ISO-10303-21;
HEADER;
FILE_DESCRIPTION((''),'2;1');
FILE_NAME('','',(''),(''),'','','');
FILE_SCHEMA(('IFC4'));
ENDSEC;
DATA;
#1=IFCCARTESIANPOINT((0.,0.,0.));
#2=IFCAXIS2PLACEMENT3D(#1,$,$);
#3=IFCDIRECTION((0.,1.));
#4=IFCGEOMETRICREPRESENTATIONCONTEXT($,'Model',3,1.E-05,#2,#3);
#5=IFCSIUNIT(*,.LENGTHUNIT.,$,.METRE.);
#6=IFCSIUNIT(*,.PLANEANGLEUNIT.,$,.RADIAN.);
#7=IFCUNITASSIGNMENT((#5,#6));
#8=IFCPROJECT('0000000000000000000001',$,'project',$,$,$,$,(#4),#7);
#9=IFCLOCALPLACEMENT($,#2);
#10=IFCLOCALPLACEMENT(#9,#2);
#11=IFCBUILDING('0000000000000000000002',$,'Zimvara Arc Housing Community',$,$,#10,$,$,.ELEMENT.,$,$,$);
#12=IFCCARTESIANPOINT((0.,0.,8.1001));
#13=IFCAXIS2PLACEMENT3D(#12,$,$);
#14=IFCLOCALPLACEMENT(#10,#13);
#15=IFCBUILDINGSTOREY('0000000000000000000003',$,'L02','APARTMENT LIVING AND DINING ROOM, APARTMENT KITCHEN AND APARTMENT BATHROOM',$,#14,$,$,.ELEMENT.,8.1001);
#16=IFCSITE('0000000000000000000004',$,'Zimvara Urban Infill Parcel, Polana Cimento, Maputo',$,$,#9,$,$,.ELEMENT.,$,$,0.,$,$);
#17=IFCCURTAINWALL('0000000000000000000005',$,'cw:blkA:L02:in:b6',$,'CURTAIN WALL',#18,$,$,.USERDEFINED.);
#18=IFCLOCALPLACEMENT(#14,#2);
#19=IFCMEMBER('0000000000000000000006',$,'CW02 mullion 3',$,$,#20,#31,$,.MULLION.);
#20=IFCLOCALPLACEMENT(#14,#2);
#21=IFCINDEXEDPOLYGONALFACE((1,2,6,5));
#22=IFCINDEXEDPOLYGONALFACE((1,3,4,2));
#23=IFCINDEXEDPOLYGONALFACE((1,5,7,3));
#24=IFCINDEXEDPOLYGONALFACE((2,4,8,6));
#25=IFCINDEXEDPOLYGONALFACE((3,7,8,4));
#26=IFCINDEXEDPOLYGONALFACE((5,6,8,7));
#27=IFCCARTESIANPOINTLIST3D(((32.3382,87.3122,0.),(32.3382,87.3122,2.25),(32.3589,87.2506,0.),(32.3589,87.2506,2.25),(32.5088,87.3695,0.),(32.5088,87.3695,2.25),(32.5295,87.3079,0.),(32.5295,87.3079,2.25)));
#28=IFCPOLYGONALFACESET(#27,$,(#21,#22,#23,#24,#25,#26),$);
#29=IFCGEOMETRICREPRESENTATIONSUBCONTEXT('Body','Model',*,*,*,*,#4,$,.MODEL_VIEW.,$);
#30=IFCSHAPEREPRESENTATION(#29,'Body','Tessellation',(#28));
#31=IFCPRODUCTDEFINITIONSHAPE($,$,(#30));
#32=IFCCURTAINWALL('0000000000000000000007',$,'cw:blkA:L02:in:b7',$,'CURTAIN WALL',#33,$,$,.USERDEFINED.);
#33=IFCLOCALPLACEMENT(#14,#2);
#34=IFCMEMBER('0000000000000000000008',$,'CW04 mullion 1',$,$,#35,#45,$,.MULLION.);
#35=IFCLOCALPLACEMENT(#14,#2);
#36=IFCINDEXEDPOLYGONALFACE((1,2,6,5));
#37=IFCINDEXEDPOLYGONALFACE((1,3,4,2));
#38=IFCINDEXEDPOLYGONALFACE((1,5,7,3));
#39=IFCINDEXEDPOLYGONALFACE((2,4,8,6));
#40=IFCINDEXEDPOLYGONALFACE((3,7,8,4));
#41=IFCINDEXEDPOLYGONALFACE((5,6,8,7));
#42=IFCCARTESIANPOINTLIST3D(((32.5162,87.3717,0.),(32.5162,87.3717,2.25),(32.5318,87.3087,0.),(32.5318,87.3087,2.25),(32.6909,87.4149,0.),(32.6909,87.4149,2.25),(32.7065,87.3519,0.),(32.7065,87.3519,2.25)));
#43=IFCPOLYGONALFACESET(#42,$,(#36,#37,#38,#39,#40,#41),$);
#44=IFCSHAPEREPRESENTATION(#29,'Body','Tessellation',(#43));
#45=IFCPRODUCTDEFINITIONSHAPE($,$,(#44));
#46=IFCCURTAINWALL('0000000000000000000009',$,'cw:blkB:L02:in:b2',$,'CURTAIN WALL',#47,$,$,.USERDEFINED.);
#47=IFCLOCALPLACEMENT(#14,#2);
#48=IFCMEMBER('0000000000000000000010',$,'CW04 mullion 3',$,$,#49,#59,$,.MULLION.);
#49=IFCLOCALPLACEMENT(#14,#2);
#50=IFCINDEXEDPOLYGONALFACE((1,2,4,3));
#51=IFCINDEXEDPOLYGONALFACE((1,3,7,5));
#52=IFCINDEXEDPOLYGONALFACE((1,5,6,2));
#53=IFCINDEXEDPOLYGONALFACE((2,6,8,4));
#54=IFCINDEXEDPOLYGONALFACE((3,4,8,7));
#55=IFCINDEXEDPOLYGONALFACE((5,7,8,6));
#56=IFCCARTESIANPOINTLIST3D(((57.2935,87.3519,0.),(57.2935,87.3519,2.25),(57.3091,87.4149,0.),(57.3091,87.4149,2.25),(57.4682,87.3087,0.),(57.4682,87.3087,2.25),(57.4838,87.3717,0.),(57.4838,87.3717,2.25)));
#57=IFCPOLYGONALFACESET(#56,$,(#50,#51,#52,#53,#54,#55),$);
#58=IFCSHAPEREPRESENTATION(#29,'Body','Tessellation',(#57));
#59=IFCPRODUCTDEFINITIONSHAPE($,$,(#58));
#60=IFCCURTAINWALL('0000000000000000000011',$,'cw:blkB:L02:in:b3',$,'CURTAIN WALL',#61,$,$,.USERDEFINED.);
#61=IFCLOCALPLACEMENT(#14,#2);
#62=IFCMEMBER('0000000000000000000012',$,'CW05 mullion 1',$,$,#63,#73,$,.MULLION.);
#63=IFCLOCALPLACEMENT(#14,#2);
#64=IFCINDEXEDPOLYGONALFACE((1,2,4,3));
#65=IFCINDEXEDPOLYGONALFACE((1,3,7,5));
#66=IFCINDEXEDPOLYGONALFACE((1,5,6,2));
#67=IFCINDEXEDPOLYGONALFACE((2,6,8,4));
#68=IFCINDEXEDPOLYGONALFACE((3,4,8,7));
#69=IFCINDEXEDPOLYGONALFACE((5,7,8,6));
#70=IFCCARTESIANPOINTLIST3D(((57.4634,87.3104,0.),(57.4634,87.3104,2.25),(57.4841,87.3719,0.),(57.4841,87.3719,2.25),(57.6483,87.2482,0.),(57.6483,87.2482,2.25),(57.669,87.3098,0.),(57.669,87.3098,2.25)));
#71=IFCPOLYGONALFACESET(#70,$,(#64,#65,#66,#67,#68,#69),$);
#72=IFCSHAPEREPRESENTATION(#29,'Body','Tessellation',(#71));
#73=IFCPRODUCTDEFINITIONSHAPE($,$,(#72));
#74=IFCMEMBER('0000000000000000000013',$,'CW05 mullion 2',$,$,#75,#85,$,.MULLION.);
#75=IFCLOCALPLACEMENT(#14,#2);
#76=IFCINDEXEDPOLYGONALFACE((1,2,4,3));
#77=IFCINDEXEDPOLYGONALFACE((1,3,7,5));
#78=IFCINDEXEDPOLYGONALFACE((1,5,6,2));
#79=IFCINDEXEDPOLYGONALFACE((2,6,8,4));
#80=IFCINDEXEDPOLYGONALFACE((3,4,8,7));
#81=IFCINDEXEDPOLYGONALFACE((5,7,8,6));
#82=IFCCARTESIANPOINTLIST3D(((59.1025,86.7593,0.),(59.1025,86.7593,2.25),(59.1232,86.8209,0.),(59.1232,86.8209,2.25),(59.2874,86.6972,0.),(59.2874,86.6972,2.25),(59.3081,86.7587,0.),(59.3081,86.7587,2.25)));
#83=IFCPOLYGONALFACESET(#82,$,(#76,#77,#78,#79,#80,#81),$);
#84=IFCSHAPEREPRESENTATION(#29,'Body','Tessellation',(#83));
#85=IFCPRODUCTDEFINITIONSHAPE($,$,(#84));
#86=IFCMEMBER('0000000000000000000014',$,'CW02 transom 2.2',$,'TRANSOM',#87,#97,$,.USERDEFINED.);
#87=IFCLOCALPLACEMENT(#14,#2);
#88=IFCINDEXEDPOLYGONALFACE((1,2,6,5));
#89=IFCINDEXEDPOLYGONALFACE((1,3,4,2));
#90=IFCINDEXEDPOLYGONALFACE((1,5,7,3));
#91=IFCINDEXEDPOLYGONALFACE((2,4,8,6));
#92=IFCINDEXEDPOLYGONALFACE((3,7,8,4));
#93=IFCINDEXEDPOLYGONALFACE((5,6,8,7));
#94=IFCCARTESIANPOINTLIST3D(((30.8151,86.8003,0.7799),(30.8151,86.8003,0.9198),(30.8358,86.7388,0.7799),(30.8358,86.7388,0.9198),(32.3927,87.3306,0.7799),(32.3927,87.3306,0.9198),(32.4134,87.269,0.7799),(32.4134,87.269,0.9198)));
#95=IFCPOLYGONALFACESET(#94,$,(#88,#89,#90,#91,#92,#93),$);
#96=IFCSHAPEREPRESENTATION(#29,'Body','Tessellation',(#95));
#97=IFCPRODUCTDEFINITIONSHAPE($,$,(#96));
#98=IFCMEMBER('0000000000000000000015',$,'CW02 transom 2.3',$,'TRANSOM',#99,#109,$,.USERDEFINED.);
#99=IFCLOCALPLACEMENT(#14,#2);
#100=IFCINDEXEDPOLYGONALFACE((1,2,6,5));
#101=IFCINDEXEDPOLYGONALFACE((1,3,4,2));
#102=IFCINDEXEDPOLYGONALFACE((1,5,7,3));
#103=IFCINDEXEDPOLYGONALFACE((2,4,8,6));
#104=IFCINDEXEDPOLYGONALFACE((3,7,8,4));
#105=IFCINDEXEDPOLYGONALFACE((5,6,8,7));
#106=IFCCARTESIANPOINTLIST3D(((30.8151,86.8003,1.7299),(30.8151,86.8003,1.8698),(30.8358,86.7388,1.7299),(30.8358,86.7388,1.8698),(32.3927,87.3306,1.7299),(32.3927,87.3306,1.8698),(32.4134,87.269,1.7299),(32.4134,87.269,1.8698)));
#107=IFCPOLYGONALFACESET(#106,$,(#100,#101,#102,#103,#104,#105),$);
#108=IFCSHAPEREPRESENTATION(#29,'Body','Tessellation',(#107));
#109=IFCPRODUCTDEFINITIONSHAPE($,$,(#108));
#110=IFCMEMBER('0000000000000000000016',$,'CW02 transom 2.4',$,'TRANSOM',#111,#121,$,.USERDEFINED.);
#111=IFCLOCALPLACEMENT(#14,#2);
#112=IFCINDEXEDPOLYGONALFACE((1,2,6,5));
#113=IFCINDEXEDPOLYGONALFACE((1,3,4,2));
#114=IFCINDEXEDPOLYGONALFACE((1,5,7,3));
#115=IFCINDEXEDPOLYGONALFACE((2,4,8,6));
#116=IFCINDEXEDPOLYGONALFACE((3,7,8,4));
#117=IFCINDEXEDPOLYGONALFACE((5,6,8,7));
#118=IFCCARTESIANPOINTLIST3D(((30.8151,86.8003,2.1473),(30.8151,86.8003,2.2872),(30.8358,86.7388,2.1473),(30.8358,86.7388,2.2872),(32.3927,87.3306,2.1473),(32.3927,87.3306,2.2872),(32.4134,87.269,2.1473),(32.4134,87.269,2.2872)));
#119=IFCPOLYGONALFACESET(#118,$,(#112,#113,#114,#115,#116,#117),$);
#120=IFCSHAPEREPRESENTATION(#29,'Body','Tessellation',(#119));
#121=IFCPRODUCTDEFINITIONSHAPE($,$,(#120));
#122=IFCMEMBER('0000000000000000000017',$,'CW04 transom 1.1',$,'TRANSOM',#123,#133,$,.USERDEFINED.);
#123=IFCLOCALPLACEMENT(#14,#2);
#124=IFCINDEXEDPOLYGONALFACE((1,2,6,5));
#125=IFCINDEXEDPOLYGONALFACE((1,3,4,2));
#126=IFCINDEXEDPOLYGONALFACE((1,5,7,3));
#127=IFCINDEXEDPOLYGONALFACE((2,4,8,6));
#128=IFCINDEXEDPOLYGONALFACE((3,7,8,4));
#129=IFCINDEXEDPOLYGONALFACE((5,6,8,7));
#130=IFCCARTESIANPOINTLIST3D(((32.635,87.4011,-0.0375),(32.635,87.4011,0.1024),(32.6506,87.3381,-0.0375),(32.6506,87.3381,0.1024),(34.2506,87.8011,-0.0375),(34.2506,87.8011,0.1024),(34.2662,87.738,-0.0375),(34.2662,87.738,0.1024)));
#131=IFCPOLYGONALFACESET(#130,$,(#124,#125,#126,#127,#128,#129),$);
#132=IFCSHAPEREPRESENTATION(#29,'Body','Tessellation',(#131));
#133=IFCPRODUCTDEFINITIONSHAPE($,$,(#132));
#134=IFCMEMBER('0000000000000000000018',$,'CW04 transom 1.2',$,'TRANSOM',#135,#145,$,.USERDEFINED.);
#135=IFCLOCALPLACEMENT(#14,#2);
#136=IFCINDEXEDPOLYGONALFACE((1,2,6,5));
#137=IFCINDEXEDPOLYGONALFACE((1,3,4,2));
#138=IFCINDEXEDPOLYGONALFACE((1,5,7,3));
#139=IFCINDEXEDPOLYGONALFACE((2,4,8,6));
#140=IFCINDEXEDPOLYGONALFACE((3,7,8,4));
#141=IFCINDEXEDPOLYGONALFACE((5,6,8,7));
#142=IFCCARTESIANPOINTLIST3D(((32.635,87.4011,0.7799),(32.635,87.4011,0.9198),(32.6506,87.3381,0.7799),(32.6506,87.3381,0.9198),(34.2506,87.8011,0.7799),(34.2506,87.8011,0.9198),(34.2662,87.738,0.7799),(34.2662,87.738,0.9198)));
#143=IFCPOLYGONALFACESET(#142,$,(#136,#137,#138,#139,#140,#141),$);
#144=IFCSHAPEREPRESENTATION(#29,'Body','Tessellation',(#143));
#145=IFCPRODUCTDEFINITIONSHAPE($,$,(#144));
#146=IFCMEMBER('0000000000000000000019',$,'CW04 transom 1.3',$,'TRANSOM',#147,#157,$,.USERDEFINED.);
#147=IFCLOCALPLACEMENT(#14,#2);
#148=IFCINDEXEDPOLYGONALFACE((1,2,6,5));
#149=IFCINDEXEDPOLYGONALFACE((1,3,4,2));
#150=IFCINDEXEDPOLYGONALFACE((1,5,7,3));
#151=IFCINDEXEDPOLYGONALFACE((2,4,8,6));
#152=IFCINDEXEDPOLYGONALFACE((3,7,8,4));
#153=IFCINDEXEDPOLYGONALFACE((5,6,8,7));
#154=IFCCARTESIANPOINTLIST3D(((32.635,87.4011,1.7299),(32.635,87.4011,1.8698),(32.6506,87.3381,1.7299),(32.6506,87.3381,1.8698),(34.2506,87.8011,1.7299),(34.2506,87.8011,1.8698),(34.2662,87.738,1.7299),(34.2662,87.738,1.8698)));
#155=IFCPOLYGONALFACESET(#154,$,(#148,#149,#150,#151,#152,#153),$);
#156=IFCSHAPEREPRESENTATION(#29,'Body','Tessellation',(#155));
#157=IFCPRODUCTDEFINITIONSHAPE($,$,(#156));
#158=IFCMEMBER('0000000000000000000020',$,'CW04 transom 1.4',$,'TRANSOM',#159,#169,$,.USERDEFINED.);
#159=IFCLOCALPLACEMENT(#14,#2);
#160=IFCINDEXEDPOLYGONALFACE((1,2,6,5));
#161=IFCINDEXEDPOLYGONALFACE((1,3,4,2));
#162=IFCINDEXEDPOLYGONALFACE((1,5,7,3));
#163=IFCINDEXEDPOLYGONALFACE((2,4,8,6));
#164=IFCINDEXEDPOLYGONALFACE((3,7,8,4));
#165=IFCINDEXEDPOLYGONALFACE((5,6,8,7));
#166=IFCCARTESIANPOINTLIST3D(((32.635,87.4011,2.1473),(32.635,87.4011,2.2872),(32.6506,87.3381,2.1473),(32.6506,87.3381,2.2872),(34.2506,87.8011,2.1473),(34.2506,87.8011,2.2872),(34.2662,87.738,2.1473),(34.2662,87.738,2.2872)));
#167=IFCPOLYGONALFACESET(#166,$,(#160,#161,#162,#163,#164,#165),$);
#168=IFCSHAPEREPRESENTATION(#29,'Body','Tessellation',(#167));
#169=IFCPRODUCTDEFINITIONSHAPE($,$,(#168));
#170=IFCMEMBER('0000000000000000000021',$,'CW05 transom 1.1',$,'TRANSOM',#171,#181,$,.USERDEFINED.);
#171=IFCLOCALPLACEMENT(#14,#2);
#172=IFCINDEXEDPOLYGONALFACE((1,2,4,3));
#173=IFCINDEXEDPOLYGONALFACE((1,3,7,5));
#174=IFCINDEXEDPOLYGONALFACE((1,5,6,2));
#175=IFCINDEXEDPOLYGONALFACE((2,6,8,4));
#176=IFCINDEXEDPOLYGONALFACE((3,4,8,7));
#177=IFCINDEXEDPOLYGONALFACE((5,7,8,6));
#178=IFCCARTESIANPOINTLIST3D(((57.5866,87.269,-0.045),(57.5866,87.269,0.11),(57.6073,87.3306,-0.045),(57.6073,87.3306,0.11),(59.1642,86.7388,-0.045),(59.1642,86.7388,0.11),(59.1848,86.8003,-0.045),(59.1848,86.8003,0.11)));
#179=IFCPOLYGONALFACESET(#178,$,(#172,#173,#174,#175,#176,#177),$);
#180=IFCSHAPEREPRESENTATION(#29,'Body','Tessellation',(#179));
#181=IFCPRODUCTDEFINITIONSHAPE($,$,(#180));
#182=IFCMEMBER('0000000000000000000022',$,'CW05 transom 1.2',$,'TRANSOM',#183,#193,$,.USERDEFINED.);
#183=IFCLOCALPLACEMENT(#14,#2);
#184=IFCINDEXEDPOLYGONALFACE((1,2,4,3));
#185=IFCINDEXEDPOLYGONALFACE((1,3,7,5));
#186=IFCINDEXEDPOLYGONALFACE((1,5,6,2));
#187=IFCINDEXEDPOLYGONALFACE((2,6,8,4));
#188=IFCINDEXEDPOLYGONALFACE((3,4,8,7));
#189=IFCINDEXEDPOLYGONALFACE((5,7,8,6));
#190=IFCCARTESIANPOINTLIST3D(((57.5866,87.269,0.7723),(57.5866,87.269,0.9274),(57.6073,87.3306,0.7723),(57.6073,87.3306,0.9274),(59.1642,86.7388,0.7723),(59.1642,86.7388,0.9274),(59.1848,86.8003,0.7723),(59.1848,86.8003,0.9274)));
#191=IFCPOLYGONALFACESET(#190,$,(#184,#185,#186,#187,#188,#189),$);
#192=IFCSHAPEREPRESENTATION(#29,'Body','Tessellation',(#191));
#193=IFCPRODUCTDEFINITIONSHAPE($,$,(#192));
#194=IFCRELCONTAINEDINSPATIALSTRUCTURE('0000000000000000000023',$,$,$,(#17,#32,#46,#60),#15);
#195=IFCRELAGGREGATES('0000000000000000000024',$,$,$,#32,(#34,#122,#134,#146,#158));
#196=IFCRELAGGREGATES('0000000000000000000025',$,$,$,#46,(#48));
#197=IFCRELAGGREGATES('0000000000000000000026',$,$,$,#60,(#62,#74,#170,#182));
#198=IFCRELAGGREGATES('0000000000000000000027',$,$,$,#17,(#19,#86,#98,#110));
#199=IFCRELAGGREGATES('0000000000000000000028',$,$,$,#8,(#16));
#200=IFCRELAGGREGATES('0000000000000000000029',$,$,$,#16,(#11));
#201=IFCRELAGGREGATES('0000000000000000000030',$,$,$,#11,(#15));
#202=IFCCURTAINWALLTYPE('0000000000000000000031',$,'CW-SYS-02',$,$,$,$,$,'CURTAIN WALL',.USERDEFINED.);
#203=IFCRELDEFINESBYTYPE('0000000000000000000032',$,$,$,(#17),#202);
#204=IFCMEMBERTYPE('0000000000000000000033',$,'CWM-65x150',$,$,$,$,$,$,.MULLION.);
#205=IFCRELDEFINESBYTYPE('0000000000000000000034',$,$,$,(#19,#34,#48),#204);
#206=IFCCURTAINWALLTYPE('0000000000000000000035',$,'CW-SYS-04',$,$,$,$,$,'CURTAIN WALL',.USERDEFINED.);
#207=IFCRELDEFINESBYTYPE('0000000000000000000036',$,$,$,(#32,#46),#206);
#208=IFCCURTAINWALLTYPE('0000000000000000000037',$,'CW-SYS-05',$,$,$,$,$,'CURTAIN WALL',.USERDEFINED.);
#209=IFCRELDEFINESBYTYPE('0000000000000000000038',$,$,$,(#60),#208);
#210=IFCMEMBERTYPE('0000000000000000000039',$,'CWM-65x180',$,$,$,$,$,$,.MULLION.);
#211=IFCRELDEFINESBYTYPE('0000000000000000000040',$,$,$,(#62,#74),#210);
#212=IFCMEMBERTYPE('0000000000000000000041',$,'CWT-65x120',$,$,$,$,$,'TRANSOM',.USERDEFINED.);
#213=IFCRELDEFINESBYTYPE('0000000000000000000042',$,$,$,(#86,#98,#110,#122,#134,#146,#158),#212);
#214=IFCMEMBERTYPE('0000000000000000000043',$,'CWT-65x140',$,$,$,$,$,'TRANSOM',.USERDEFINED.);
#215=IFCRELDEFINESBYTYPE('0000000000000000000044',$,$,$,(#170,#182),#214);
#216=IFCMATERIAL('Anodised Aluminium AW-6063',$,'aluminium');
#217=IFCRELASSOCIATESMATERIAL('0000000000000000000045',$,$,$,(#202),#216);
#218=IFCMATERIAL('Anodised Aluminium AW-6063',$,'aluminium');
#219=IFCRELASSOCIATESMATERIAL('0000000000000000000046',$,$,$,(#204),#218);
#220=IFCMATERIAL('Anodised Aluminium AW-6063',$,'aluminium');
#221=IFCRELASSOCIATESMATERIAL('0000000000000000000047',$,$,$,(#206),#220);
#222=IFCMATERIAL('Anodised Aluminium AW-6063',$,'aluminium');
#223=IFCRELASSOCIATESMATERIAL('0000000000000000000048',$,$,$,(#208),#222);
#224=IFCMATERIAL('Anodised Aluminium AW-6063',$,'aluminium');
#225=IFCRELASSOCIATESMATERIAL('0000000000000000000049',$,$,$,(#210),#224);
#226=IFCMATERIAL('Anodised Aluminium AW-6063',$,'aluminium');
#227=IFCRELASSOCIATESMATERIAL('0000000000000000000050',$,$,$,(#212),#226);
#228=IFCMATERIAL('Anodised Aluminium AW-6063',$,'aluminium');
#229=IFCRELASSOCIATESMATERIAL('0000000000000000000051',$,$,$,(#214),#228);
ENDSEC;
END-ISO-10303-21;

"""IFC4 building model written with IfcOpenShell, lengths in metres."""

from ifc_helpers import new_model, si_unit, direction, frame, origin, origin_2d, place, context, subcontext, project, spatial, rectangle, extrude, material, material_profile, profile_set, type_object, element, aggregate, save


model = new_model("IFC4")

# Units and contexts
model_context = context("Model", 3, precision=1e-05, world=origin(), true_north=direction((0.0, 1.0)))
body_context = subcontext(model_context, "Body", "Model", "MODEL_VIEW")
ifc_project = project(units=[si_unit("LENGTHUNIT", "METRE"), si_unit("PLANEANGLEUNIT", "RADIAN")], contexts=[model_context])

# Site, building, storey
site_placement = place(None, origin())
site = spatial("IfcSite", under=ifc_project, at=site_placement, Name="Zimvara Urban Infill Parcel, Polana Cimento, Maputo", CompositionType="ELEMENT", RefElevation=0.0)
building_placement = place(site_placement, origin())
building = spatial("IfcBuilding", under=site, at=building_placement, Name="Zimvara Arc Housing Community", CompositionType="ELEMENT")
storey_placement = place(building_placement, frame((0.0, 0.0, 8.1001)))
storey = spatial("IfcBuildingStorey", under=building, at=storey_placement, Name="L02", Description="APARTMENT LIVING AND DINING ROOM, APARTMENT KITCHEN AND APARTMENT BATHROOM", CompositionType="ELEMENT", Elevation=8.1001)

# Curtain walls, members
ifc_material_1 = material(Name="Anodised Aluminium AW-6063", Category="aluminium")
curtain_wall_type_1 = type_object("IfcCurtainWallType", Name="CW-SYS-02", ElementType="CURTAIN WALL", PredefinedType="USERDEFINED", material=ifc_material_1)
curtain_wall_1_placement = place(storey_placement, origin())
curtain_wall_1 = element("IfcCurtainWall", 1, at=curtain_wall_1_placement, inside=storey, type_object=curtain_wall_type_1, Name="cw:blkA:L02:in:b6", ObjectType="CURTAIN WALL", PredefinedType="USERDEFINED")
ifc_material_2 = material(Name="Anodised Aluminium AW-6063", Category="aluminium")
ifc_material_profile_1 = material_profile(ifc_material_2, rectangle(XDim=0.0649, YDim=0.1799, at=origin_2d()), Name="ALU 65x180")
ifc_profile_set_1 = profile_set([ifc_material_profile_1], Name="Anodised Aluminium AW-6063")
member_type_1 = type_object("IfcMemberType", Name="CWM-65x150", PredefinedType="MULLION", material=ifc_profile_set_1)
member_1_placement = place(storey_placement, frame((32.4338, 87.3101, 0.0), z_axis=(0.0, 0.0, 1.0), x_axis=(-0.31863, 0.947879, 0.0)))
member_1 = element("IfcMember", 2, at=member_1_placement, type_object=member_type_1, Name="CW02 mullion 3", PredefinedType="MULLION", context=body_context, shape_type="SweptSolid", body=[
    extrude(rectangle(XDim=0.0649, YDim=0.1799, at=origin_2d()), origin(), (0.0, 0.0, 1.0), 2.25),
])
ifc_material_3 = material(Name="Anodised Aluminium AW-6063", Category="aluminium")
curtain_wall_type_2 = type_object("IfcCurtainWallType", Name="CW-SYS-04", ElementType="CURTAIN WALL", PredefinedType="USERDEFINED", material=ifc_material_3)
curtain_wall_2_placement = place(storey_placement, origin())
curtain_wall_2 = element("IfcCurtainWall", 3, at=curtain_wall_2_placement, inside=storey, type_object=curtain_wall_type_2, Name="cw:blkA:L02:in:b7", ObjectType="CURTAIN WALL", PredefinedType="USERDEFINED")
member_2_placement = place(storey_placement, frame((32.6113, 87.3618, 0.0), z_axis=(0.0, 0.0, 1.0), x_axis=(-0.240228, 0.970717, 0.0)))
member_2 = element("IfcMember", 4, at=member_2_placement, type_object=member_type_1, Name="CW04 mullion 1", PredefinedType="MULLION", context=body_context, shape_type="SweptSolid", body=[
    extrude(rectangle(XDim=0.0649, YDim=0.1799, at=origin_2d()), origin(), (0.0, 0.0, 1.0), 2.25),
])
curtain_wall_3_placement = place(storey_placement, origin())
curtain_wall_3 = element("IfcCurtainWall", 5, at=curtain_wall_3_placement, inside=storey, type_object=curtain_wall_type_2, Name="cw:blkB:L02:in:b2", ObjectType="CURTAIN WALL", PredefinedType="USERDEFINED")
member_3_placement = place(storey_placement, frame((57.3887, 87.3618, 0.0), z_axis=(0.0, 0.0, 1.0), x_axis=(0.240228, 0.970717, 0.0)))
member_3 = element("IfcMember", 6, at=member_3_placement, type_object=member_type_1, Name="CW04 mullion 3", PredefinedType="MULLION", context=body_context, shape_type="SweptSolid", body=[
    extrude(rectangle(XDim=0.0649, YDim=0.1799, at=origin_2d()), origin(), (0.0, 0.0, 1.0), 2.25),
])

# Curtain wall, members
ifc_material_4 = material(Name="Anodised Aluminium AW-6063", Category="aluminium")
curtain_wall_type_3 = type_object("IfcCurtainWallType", Name="CW-SYS-05", ElementType="CURTAIN WALL", PredefinedType="USERDEFINED", material=ifc_material_4)
curtain_wall_4_placement = place(storey_placement, origin())
curtain_wall_4 = element("IfcCurtainWall", 7, at=curtain_wall_4_placement, inside=storey, type_object=curtain_wall_type_3, Name="cw:blkB:L02:in:b3", ObjectType="CURTAIN WALL", PredefinedType="USERDEFINED")
ifc_material_5 = material(Name="Anodised Aluminium AW-6063", Category="aluminium")
ifc_material_profile_2 = material_profile(ifc_material_5, rectangle(XDim=0.0649, YDim=0.1951, at=origin_2d()), Name="ALU 65x195")
ifc_profile_set_2 = profile_set([ifc_material_profile_2], Name="Anodised Aluminium AW-6063")
member_type_2 = type_object("IfcMemberType", Name="CWM-65x180", PredefinedType="MULLION", material=ifc_profile_set_2)
member_4_placement = place(storey_placement, frame((57.5662, 87.3101, 0.0), z_axis=(0.0, 0.0, 1.0), x_axis=(0.31863, 0.947879, 0.0)))
member_4 = element("IfcMember", 8, at=member_4_placement, type_object=member_type_2, Name="CW05 mullion 1", PredefinedType="MULLION", context=body_context, shape_type="SweptSolid", body=[
    extrude(rectangle(XDim=0.0649, YDim=0.1951, at=origin_2d()), origin(), (0.0, 0.0, 1.0), 2.25),
])
member_5_placement = place(storey_placement, frame((59.2053, 86.759, 0.0), z_axis=(0.0, 0.0, 1.0), x_axis=(0.31863, 0.947879, 0.0)))
member_5 = element("IfcMember", 9, at=member_5_placement, type_object=member_type_2, Name="CW05 mullion 2", PredefinedType="MULLION", context=body_context, shape_type="SweptSolid", body=[
    extrude(rectangle(XDim=0.0649, YDim=0.1951, at=origin_2d()), origin(), (0.0, 0.0, 1.0), 2.25),
])

# Members
ifc_material_6 = material(Name="Anodised Aluminium AW-6063", Category="aluminium")
ifc_material_profile_3 = material_profile(ifc_material_6, rectangle(XDim=0.0649, YDim=0.1399, at=origin_2d()), Name="ALU 65x140")
ifc_profile_set_3 = profile_set([ifc_material_profile_3], Name="Anodised Aluminium AW-6063")
member_type_3 = type_object("IfcMemberType", Name="CWT-65x120", ElementType="TRANSOM", PredefinedType="USERDEFINED", material=ifc_profile_set_3)
member_6_placement = place(storey_placement, frame((30.8254, 86.7695, 0.8499), z_axis=(0.947888, 0.318603, 0.0), x_axis=(-0.318603, 0.947888, 0.0)))
member_6 = element("IfcMember", 10, at=member_6_placement, type_object=member_type_3, Name="CW02 transom 2.2", ObjectType="TRANSOM", PredefinedType="USERDEFINED", context=body_context, shape_type="SweptSolid", body=[
    extrude(rectangle(XDim=0.0649, YDim=0.1399, at=origin_2d()), origin(), (0.0, 0.0, 1.0), 1.6643),
])
member_7_placement = place(storey_placement, frame((30.8254, 86.7695, 1.7998), z_axis=(0.947888, 0.318603, 0.0), x_axis=(-0.318603, 0.947888, 0.0)))
member_7 = element("IfcMember", 11, at=member_7_placement, type_object=member_type_3, Name="CW02 transom 2.3", ObjectType="TRANSOM", PredefinedType="USERDEFINED", context=body_context, shape_type="SweptSolid", body=[
    extrude(rectangle(XDim=0.0649, YDim=0.1399, at=origin_2d()), origin(), (0.0, 0.0, 1.0), 1.6643),
])
member_8_placement = place(storey_placement, frame((30.8254, 86.7695, 2.2173), z_axis=(0.947888, 0.318603, 0.0), x_axis=(-0.318603, 0.947888, 0.0)))
member_8 = element("IfcMember", 12, at=member_8_placement, type_object=member_type_3, Name="CW02 transom 2.4", ObjectType="TRANSOM", PredefinedType="USERDEFINED", context=body_context, shape_type="SweptSolid", body=[
    extrude(rectangle(XDim=0.0649, YDim=0.1399, at=origin_2d()), origin(), (0.0, 0.0, 1.0), 1.6643),
])
member_9_placement = place(storey_placement, frame((32.6428, 87.3696, 0.0325), z_axis=(0.970701, 0.240291, 0.0), x_axis=(-0.240291, 0.970701, 0.0)))
member_9 = element("IfcMember", 13, at=member_9_placement, type_object=member_type_3, Name="CW04 transom 1.1", ObjectType="TRANSOM", PredefinedType="USERDEFINED", context=body_context, shape_type="SweptSolid", body=[
    extrude(rectangle(XDim=0.0649, YDim=0.1399, at=origin_2d()), origin(), (0.0, 0.0, 1.0), 1.6643),
])
member_10_placement = place(storey_placement, frame((32.6428, 87.3696, 0.8499), z_axis=(0.970701, 0.240291, 0.0), x_axis=(-0.240291, 0.970701, 0.0)))
member_10 = element("IfcMember", 14, at=member_10_placement, type_object=member_type_3, Name="CW04 transom 1.2", ObjectType="TRANSOM", PredefinedType="USERDEFINED", context=body_context, shape_type="SweptSolid", body=[
    extrude(rectangle(XDim=0.0649, YDim=0.1399, at=origin_2d()), origin(), (0.0, 0.0, 1.0), 1.6643),
])
member_11_placement = place(storey_placement, frame((32.6428, 87.3696, 1.7998), z_axis=(0.970701, 0.240291, 0.0), x_axis=(-0.240291, 0.970701, 0.0)))
member_11 = element("IfcMember", 15, at=member_11_placement, type_object=member_type_3, Name="CW04 transom 1.3", ObjectType="TRANSOM", PredefinedType="USERDEFINED", context=body_context, shape_type="SweptSolid", body=[
    extrude(rectangle(XDim=0.0649, YDim=0.1399, at=origin_2d()), origin(), (0.0, 0.0, 1.0), 1.6643),
])
member_12_placement = place(storey_placement, frame((32.6428, 87.3696, 2.2173), z_axis=(0.970701, 0.240291, 0.0), x_axis=(-0.240291, 0.970701, 0.0)))
member_12 = element("IfcMember", 16, at=member_12_placement, type_object=member_type_3, Name="CW04 transom 1.4", ObjectType="TRANSOM", PredefinedType="USERDEFINED", context=body_context, shape_type="SweptSolid", body=[
    extrude(rectangle(XDim=0.0649, YDim=0.1399, at=origin_2d()), origin(), (0.0, 0.0, 1.0), 1.6643),
])
ifc_material_7 = material(Name="Anodised Aluminium AW-6063", Category="aluminium")
ifc_material_profile_4 = material_profile(ifc_material_7, rectangle(XDim=0.0649, YDim=0.155, at=origin_2d()), Name="ALU 65x155")
ifc_profile_set_4 = profile_set([ifc_material_profile_4], Name="Anodised Aluminium AW-6063")
member_type_4 = type_object("IfcMemberType", Name="CWT-65x140", ElementType="TRANSOM", PredefinedType="USERDEFINED", material=ifc_profile_set_4)
member_13_placement = place(storey_placement, frame((57.5969, 87.2998, 0.0325), z_axis=(0.947888, -0.318603, 0.0), x_axis=(0.318603, 0.947888, 0.0)))
member_13 = element("IfcMember", 17, at=member_13_placement, type_object=member_type_4, Name="CW05 transom 1.1", ObjectType="TRANSOM", PredefinedType="USERDEFINED", context=body_context, shape_type="SweptSolid", body=[
    extrude(rectangle(XDim=0.0649, YDim=0.155, at=origin_2d()), origin(), (0.0, 0.0, 1.0), 1.6643),
])
member_14_placement = place(storey_placement, frame((57.5969, 87.2998, 0.8499), z_axis=(0.947888, -0.318603, 0.0), x_axis=(0.318603, 0.947888, 0.0)))
member_14 = element("IfcMember", 18, at=member_14_placement, type_object=member_type_4, Name="CW05 transom 1.2", ObjectType="TRANSOM", PredefinedType="USERDEFINED", context=body_context, shape_type="SweptSolid", body=[
    extrude(rectangle(XDim=0.0649, YDim=0.155, at=origin_2d()), origin(), (0.0, 0.0, 1.0), 1.6643),
])

aggregate(curtain_wall_2, [member_2, member_9, member_10, member_11, member_12])
aggregate(curtain_wall_3, [member_3])
aggregate(curtain_wall_4, [member_4, member_5, member_13, member_14])
aggregate(curtain_wall_1, [member_1, member_6, member_7, member_8])

save(model, "model.ifc")
